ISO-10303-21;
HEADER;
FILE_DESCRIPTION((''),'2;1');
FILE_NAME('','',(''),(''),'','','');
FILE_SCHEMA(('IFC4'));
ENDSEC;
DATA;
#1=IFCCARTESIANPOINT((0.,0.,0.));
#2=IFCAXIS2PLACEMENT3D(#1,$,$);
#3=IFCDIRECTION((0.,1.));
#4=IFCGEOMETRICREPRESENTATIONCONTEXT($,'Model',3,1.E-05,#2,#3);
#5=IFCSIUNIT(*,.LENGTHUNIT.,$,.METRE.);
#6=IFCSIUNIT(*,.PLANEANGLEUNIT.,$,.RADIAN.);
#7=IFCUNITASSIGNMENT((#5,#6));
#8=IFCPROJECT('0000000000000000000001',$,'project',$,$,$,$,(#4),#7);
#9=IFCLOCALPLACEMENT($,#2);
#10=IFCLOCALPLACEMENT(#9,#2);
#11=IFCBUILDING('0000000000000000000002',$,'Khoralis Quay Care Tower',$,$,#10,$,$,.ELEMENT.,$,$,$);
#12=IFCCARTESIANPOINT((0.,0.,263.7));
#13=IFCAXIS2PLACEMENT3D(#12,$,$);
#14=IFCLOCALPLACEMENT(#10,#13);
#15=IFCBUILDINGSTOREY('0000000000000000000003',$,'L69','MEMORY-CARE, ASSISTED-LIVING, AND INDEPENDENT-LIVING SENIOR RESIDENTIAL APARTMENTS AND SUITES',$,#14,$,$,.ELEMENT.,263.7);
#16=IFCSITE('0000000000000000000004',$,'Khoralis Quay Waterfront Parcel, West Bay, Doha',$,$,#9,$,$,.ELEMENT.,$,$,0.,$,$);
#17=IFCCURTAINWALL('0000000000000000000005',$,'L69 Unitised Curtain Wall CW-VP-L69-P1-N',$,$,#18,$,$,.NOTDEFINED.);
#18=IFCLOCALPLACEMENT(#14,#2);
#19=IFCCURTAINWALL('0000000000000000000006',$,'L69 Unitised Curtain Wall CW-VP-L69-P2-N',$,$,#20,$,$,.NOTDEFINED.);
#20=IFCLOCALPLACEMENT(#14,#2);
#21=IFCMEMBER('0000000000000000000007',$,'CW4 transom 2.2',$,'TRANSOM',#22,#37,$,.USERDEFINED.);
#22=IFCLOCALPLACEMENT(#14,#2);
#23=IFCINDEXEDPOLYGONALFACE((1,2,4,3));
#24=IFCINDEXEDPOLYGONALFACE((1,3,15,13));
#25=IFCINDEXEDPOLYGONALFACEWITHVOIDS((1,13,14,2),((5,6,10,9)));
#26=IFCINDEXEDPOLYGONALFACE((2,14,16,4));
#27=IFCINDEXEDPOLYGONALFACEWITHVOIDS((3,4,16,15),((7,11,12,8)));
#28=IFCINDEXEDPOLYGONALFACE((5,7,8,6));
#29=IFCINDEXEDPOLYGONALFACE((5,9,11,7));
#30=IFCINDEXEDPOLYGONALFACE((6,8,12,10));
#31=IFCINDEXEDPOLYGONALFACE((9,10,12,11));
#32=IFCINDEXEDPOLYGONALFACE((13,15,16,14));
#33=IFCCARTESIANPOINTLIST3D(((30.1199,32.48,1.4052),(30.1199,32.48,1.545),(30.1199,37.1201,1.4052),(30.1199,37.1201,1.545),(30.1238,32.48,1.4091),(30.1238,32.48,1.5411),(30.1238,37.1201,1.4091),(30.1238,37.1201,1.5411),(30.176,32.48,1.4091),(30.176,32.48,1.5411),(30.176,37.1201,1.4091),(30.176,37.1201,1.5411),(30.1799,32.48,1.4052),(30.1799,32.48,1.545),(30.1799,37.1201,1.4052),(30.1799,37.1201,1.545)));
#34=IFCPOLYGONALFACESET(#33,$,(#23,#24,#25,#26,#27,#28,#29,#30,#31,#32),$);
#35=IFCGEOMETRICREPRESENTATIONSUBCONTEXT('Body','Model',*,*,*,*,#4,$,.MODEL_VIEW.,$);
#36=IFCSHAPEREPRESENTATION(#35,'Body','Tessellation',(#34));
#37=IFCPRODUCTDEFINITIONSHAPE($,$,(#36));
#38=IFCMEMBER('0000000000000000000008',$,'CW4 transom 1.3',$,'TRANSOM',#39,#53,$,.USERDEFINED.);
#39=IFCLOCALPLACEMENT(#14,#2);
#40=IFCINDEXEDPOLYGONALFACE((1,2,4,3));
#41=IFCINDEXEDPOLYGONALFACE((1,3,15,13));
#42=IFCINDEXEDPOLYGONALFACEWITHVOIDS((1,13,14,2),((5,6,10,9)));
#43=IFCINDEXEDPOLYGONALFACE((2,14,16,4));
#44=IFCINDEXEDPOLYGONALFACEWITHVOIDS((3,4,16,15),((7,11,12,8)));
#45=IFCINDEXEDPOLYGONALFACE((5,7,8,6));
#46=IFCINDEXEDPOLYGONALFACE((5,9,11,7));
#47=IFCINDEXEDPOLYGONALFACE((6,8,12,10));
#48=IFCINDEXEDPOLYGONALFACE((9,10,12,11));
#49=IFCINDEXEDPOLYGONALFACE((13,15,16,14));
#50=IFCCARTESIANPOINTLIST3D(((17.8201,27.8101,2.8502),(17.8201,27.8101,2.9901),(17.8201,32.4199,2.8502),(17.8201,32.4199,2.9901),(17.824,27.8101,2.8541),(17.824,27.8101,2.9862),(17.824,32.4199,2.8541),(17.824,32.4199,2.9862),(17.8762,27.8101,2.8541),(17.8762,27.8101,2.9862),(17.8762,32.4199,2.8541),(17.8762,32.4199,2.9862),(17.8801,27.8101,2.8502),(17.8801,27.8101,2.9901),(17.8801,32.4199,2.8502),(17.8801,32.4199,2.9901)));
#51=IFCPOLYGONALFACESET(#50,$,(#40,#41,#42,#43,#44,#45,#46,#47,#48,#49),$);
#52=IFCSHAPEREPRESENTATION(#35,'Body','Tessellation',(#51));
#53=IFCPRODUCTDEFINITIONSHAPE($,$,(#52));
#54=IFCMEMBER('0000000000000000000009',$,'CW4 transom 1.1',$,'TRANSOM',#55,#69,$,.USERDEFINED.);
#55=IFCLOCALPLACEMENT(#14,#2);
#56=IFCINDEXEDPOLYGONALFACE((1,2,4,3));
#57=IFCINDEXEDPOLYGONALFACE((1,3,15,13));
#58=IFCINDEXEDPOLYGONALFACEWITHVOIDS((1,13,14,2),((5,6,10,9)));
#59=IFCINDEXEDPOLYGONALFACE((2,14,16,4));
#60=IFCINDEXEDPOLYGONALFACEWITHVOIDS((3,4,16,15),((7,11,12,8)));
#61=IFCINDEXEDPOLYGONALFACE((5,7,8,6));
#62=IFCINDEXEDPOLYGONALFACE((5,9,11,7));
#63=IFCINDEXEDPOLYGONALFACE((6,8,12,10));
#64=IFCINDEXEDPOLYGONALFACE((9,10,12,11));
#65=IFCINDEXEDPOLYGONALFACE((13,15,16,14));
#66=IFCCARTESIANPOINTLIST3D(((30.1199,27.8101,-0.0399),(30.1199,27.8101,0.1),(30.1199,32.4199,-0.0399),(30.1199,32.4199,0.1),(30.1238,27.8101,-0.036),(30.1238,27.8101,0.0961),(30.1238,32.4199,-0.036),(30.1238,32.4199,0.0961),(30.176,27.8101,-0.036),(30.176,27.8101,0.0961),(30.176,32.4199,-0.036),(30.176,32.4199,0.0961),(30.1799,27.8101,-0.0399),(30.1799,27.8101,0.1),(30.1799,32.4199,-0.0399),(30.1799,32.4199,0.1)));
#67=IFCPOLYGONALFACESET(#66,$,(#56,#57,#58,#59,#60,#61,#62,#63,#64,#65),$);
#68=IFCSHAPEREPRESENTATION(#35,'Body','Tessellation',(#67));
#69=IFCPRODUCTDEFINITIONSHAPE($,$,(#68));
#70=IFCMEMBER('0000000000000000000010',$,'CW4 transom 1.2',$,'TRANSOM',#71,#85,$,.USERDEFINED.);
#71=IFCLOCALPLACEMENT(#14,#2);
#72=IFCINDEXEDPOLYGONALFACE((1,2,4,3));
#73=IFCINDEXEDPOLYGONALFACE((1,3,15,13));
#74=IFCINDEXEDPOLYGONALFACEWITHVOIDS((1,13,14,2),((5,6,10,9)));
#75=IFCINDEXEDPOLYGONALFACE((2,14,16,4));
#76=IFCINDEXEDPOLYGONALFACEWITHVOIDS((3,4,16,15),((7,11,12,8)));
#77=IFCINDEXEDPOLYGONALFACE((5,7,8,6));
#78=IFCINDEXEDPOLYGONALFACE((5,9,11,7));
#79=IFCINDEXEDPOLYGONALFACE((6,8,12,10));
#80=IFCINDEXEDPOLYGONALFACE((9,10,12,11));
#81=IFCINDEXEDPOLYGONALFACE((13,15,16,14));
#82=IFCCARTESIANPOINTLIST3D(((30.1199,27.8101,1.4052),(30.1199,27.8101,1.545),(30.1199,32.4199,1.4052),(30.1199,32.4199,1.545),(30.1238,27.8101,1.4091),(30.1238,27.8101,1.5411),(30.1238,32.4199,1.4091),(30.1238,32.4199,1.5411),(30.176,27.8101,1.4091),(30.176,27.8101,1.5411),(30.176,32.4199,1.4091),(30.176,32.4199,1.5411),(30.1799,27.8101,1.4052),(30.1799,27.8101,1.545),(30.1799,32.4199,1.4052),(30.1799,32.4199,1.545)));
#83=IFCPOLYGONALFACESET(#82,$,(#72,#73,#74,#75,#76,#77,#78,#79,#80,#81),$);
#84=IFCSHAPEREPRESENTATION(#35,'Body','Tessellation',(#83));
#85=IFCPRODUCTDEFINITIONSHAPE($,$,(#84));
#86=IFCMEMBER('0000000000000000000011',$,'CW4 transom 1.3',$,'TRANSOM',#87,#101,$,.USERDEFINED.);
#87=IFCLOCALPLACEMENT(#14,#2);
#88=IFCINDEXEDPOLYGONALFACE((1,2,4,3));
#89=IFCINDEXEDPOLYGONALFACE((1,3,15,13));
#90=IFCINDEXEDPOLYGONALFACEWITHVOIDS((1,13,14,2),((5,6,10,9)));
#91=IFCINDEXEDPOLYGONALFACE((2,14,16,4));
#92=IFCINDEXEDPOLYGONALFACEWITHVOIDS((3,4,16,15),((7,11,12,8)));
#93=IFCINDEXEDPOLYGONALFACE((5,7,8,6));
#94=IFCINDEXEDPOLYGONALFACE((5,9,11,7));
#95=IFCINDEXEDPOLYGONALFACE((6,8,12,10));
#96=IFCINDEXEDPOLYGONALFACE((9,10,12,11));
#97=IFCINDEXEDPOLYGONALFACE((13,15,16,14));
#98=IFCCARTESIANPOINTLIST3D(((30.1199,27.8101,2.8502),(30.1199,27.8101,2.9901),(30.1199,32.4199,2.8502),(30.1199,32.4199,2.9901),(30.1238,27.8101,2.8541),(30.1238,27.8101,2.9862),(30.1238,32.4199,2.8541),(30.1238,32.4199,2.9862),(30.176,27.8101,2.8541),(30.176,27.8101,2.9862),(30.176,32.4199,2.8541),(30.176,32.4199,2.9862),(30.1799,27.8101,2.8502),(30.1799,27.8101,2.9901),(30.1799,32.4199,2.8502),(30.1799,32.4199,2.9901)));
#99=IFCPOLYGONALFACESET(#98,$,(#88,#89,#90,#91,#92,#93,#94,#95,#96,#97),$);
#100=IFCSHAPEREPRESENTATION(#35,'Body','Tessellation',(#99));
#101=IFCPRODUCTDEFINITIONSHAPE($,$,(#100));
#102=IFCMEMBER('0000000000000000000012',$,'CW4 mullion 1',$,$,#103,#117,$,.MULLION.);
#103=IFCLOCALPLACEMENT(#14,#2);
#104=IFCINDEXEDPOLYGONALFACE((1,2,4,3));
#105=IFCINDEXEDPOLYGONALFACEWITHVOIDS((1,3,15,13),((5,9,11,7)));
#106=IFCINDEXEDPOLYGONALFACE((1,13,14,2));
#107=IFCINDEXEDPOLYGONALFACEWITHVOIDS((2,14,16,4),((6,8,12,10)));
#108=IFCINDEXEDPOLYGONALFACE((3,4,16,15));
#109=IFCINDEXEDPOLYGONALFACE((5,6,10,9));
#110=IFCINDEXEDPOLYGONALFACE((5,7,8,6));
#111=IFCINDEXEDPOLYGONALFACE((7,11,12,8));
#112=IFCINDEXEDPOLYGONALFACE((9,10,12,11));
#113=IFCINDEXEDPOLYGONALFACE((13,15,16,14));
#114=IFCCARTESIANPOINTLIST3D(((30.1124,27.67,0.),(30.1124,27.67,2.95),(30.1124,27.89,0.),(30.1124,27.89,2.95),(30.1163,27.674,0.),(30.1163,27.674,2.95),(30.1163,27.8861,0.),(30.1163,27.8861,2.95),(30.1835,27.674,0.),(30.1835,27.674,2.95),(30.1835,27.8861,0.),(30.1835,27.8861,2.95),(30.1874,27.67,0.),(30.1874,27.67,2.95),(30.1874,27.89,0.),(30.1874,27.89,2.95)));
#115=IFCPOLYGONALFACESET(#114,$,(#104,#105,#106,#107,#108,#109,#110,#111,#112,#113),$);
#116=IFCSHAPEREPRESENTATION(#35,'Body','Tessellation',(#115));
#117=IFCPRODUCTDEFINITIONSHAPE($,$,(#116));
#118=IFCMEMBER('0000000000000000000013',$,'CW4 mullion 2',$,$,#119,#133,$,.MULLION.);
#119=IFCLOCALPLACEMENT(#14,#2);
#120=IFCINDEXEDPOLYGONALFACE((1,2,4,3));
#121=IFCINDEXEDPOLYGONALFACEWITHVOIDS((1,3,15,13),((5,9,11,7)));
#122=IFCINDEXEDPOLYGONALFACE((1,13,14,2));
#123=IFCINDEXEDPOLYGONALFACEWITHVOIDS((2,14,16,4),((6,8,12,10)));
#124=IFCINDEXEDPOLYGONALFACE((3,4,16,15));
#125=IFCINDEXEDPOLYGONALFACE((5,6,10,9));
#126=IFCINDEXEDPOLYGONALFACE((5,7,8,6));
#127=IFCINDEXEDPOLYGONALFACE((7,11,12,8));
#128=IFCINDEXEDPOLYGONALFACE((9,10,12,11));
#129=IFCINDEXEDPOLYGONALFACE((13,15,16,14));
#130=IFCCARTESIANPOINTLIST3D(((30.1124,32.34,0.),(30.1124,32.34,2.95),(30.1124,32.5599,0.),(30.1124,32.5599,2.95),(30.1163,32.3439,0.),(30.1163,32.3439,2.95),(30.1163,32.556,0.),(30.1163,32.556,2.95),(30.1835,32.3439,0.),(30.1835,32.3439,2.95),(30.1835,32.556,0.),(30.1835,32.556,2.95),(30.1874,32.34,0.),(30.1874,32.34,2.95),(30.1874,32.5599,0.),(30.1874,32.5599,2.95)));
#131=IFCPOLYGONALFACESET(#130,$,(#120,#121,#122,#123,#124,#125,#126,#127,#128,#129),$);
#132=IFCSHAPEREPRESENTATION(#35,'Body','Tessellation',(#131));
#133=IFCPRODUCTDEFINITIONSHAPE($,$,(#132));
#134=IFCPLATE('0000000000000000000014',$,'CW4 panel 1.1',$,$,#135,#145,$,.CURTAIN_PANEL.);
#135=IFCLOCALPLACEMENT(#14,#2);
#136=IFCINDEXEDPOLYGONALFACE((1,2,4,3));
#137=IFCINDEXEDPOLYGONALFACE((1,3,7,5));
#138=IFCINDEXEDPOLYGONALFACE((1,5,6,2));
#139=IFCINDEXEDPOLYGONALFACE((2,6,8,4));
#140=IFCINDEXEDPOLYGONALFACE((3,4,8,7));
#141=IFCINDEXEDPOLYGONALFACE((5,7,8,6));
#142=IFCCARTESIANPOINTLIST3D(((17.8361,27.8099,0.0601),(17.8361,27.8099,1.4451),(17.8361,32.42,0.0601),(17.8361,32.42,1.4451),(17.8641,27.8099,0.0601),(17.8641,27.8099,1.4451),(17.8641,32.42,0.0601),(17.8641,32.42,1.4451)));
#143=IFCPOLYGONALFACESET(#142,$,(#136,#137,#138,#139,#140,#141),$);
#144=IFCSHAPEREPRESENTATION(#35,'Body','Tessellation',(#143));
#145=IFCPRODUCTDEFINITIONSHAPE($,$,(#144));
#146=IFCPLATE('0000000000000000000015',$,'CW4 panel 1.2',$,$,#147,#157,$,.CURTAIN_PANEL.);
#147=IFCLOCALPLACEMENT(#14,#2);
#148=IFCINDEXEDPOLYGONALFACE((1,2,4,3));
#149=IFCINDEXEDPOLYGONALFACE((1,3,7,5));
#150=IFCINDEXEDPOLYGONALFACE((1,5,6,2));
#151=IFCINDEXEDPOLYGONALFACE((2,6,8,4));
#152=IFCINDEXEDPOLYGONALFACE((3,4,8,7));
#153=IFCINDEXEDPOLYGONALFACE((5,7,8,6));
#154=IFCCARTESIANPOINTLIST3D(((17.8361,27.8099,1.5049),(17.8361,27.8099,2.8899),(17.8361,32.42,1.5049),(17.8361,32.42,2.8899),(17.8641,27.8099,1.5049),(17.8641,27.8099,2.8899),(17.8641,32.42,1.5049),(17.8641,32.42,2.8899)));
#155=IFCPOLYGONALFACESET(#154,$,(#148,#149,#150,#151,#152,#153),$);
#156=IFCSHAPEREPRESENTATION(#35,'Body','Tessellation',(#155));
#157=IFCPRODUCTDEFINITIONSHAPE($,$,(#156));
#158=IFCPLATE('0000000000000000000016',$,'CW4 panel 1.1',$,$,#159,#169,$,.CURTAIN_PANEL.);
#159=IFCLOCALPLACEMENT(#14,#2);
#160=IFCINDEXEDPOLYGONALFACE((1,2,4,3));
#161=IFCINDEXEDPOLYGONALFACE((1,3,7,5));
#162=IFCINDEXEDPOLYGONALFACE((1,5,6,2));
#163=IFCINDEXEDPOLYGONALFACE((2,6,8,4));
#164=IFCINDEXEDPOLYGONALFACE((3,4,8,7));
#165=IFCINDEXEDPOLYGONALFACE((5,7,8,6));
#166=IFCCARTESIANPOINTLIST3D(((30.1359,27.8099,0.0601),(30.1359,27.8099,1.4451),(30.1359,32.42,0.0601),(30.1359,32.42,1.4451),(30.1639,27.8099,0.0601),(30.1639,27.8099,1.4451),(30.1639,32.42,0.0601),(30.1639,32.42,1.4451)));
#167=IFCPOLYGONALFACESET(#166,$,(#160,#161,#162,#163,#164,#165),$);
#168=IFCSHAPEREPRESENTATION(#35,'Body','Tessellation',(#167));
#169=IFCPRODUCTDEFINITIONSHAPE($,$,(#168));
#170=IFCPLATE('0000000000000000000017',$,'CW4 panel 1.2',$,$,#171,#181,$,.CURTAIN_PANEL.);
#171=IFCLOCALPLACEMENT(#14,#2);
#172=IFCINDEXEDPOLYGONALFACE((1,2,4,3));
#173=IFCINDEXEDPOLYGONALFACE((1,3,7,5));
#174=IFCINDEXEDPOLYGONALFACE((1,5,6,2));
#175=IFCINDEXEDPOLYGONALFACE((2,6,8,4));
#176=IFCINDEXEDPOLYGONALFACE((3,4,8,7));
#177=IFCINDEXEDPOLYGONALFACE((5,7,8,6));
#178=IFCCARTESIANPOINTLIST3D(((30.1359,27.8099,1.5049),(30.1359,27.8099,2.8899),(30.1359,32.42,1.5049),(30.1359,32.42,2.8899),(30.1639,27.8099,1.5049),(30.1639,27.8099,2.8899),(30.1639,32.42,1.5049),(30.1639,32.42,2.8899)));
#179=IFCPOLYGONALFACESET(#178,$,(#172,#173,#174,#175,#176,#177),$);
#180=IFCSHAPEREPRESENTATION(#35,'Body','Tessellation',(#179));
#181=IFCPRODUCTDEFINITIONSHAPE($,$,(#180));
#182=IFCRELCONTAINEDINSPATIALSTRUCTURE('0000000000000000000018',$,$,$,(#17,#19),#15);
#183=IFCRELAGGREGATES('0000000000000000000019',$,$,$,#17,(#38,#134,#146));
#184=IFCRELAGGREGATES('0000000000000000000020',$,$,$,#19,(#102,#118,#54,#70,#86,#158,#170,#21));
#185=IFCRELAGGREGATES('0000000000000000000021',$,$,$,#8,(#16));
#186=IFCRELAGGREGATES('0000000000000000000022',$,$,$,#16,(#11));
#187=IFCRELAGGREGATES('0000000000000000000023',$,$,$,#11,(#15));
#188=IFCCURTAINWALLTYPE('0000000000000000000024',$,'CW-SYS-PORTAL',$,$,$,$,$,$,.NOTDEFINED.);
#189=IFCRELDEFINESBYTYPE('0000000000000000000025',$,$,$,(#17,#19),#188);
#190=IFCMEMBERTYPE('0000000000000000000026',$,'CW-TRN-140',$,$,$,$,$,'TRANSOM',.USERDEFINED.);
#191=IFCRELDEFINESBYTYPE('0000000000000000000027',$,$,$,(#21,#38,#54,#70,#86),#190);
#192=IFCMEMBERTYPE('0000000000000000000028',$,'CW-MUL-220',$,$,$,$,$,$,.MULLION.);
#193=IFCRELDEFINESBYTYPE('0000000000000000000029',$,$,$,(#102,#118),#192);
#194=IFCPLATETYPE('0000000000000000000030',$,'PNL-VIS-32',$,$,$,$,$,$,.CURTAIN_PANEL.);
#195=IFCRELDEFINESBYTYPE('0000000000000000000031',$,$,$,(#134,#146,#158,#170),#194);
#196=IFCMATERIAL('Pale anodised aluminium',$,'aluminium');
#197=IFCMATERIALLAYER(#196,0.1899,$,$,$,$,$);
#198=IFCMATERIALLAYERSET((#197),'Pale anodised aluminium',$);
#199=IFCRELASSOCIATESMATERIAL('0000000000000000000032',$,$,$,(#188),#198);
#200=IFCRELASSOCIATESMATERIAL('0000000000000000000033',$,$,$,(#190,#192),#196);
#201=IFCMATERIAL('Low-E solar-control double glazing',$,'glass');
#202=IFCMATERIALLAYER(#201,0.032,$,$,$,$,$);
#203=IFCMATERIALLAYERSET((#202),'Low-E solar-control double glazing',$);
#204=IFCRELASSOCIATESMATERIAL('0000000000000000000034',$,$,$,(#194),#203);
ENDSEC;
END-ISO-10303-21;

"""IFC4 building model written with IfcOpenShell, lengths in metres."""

from ifc_helpers import new_model, si_unit, direction, frame, origin, origin_2d, place, context, subcontext, project, spatial, rectangle, hollow_rectangle, extrude, source, transform, mapped, material, layer, layer_set, material_profile, profile_set, type_object, element, aggregate, save


model = new_model("IFC4")

# Units and contexts
model_context = context("Model", 3, precision=1e-05, world=origin(), true_north=direction((0.0, 1.0)))
body_context = subcontext(model_context, "Body", "Model", "MODEL_VIEW")
ifc_project = project(units=[si_unit("LENGTHUNIT", "METRE"), si_unit("PLANEANGLEUNIT", "RADIAN")], contexts=[model_context])

# Site, building, storey
site_placement = place(None, origin())
site = spatial("IfcSite", under=ifc_project, at=site_placement, Name="Khoralis Quay Waterfront Parcel, West Bay, Doha", CompositionType="ELEMENT", RefElevation=0.0)
building_placement = place(site_placement, origin())
building = spatial("IfcBuilding", under=site, at=building_placement, Name="Khoralis Quay Care Tower", CompositionType="ELEMENT")
storey_placement = place(building_placement, frame((0.0, 0.0, 263.7)))
storey = spatial("IfcBuildingStorey", under=building, at=storey_placement, Name="L69", Description="MEMORY-CARE, ASSISTED-LIVING, AND INDEPENDENT-LIVING SENIOR RESIDENTIAL APARTMENTS AND SUITES", CompositionType="ELEMENT", Elevation=263.7)

# Curtain walls, member
ifc_material_1 = material(Name="Pale anodised aluminium", Category="aluminium")
ifc_layer_1 = layer(ifc_material_1, 0.1899)
ifc_layer_set_1 = layer_set([ifc_layer_1], Name="Pale anodised aluminium")
curtain_wall_type = type_object("IfcCurtainWallType", Name="CW-SYS-PORTAL", PredefinedType="NOTDEFINED", material=ifc_layer_set_1)
curtain_wall_1_placement = place(storey_placement, origin())
curtain_wall_1 = element("IfcCurtainWall", 1, at=curtain_wall_1_placement, inside=storey, type_object=curtain_wall_type, Name="L69 Unitised Curtain Wall CW-VP-L69-P1-N", PredefinedType="NOTDEFINED")
ifc_material_profile_1 = material_profile(ifc_material_1, hollow_rectangle(XDim=0.0601, YDim=0.1399, WallThickness=0.0039, at=origin_2d()), Name="Pale anodised aluminium")
ifc_profile_set_1 = profile_set([ifc_material_profile_1], Name="Pale anodised aluminium")
member_type_1 = type_object("IfcMemberType", Name="CW-TRN-140", ElementType="TRANSOM", PredefinedType="USERDEFINED", material=ifc_profile_set_1)
shared_shape_1 = source(origin(), body_context, "Body", "SweptSolid", [
    extrude(hollow_rectangle(XDim=0.0601, YDim=0.1399, WallThickness=0.0039, at=origin_2d()), origin(), (0.0, 0.0, 1.0), 4.6401),
])
curtain_wall_2_placement = place(storey_placement, origin())
curtain_wall_2 = element("IfcCurtainWall", 2, at=curtain_wall_2_placement, inside=storey, type_object=curtain_wall_type, Name="L69 Unitised Curtain Wall CW-VP-L69-P2-N", PredefinedType="NOTDEFINED")
member_1_placement = place(storey_placement, frame((30.1499, 32.48, 1.4751), z_axis=(0.0, 1.0, 0.0), x_axis=(-1.0, 0.0, 0.0)))
member_1 = element("IfcMember", 3, at=member_1_placement, type_object=member_type_1, Name="CW4 transom 2.2", ObjectType="TRANSOM", PredefinedType="USERDEFINED", context=body_context, shape_type="MappedRepresentation", body=[
    mapped(shared_shape_1, transform((0.0, 0.0, 0.0), scale=1.0)),
])

# Members
shared_shape_2 = source(origin(), body_context, "Body", "SweptSolid", [
    extrude(hollow_rectangle(XDim=0.0601, YDim=0.1399, WallThickness=0.0039, at=origin_2d()), origin(), (0.0, 0.0, 1.0), 4.6099),
])
member_2_placement = place(storey_placement, frame((17.8501, 27.8101, 2.9202), z_axis=(0.0, 1.0, 0.0), x_axis=(-1.0, 0.0, 0.0)))
member_2 = element("IfcMember", 4, at=member_2_placement, type_object=member_type_1, Name="CW4 transom 1.3", ObjectType="TRANSOM", PredefinedType="USERDEFINED", context=body_context, shape_type="MappedRepresentation", body=[
    mapped(shared_shape_2, transform((0.0, 0.0, 0.0), scale=1.0)),
])
member_3_placement = place(storey_placement, frame((30.1499, 27.8101, 0.03), z_axis=(0.0, 1.0, 0.0), x_axis=(-1.0, 0.0, 0.0)))
member_3 = element("IfcMember", 5, at=member_3_placement, type_object=member_type_1, Name="CW4 transom 1.1", ObjectType="TRANSOM", PredefinedType="USERDEFINED", context=body_context, shape_type="MappedRepresentation", body=[
    mapped(shared_shape_2, transform((0.0, 0.0, 0.0), scale=1.0)),
])
member_4_placement = place(storey_placement, frame((30.1499, 27.8101, 1.4751), z_axis=(0.0, 1.0, 0.0), x_axis=(-1.0, 0.0, 0.0)))
member_4 = element("IfcMember", 6, at=member_4_placement, type_object=member_type_1, Name="CW4 transom 1.2", ObjectType="TRANSOM", PredefinedType="USERDEFINED", context=body_context, shape_type="MappedRepresentation", body=[
    mapped(shared_shape_2, transform((0.0, 0.0, 0.0), scale=1.0)),
])
member_5_placement = place(storey_placement, frame((30.1499, 27.8101, 2.9202), z_axis=(0.0, 1.0, 0.0), x_axis=(-1.0, 0.0, 0.0)))
member_5 = element("IfcMember", 7, at=member_5_placement, type_object=member_type_1, Name="CW4 transom 1.3", ObjectType="TRANSOM", PredefinedType="USERDEFINED", context=body_context, shape_type="MappedRepresentation", body=[
    mapped(shared_shape_2, transform((0.0, 0.0, 0.0), scale=1.0)),
])
ifc_material_profile_2 = material_profile(ifc_material_1, hollow_rectangle(XDim=0.075, YDim=0.22, WallThickness=0.0039, at=origin_2d()), Name="Pale anodised aluminium")
ifc_profile_set_2 = profile_set([ifc_material_profile_2], Name="Pale anodised aluminium")
member_type_2 = type_object("IfcMemberType", Name="CW-MUL-220", PredefinedType="MULLION", material=ifc_profile_set_2)
shared_shape_3 = source(origin(), body_context, "Body", "SweptSolid", [
    extrude(hollow_rectangle(XDim=0.075, YDim=0.22, WallThickness=0.0039, at=origin_2d()), origin(), (0.0, 0.0, 1.0), 2.95),
])
member_6_placement = place(storey_placement, frame((30.1499, 27.78, 0.0), z_axis=(0.0, 0.0, 1.0), x_axis=(-1.0, 0.0, 0.0)))
member_6 = element("IfcMember", 8, at=member_6_placement, type_object=member_type_2, Name="CW4 mullion 1", PredefinedType="MULLION", context=body_context, shape_type="MappedRepresentation", body=[
    mapped(shared_shape_3, transform((0.0, 0.0, 0.0), scale=1.0)),
])
member_7_placement = place(storey_placement, frame((30.1499, 32.45, 0.0), z_axis=(0.0, 0.0, 1.0), x_axis=(-1.0, 0.0, 0.0)))
member_7 = element("IfcMember", 9, at=member_7_placement, type_object=member_type_2, Name="CW4 mullion 2", PredefinedType="MULLION", context=body_context, shape_type="MappedRepresentation", body=[
    mapped(shared_shape_3, transform((0.0, 0.0, 0.0), scale=1.0)),
])

# Plates
ifc_material_2 = material(Name="Low-E solar-control double glazing", Category="glass")
ifc_layer_2 = layer(ifc_material_2, 0.032)
ifc_layer_set_2 = layer_set([ifc_layer_2], Name="Low-E solar-control double glazing")
plate_type = type_object("IfcPlateType", Name="PNL-VIS-32", PredefinedType="CURTAIN_PANEL", material=ifc_layer_set_2)
shared_shape_4 = source(origin(), body_context, "Body", "SweptSolid", [
    extrude(rectangle(XDim=4.6101, YDim=0.0281, at=origin_2d()), origin(), (0.0, 0.0, 1.0), 1.385),
])
plate_1_placement = place(storey_placement, frame((17.8501, 30.115, 0.0601), z_axis=(0.0, 0.0, 1.0), x_axis=(0.0, 1.0, 0.0)))
plate_1 = element("IfcPlate", 10, at=plate_1_placement, type_object=plate_type, Name="CW4 panel 1.1", PredefinedType="CURTAIN_PANEL", context=body_context, shape_type="MappedRepresentation", body=[
    mapped(shared_shape_4, transform((0.0, 0.0, 0.0), scale=1.0)),
])
plate_2_placement = place(storey_placement, frame((17.8501, 30.115, 1.5049), z_axis=(0.0, 0.0, 1.0), x_axis=(0.0, 1.0, 0.0)))
plate_2 = element("IfcPlate", 11, at=plate_2_placement, type_object=plate_type, Name="CW4 panel 1.2", PredefinedType="CURTAIN_PANEL", context=body_context, shape_type="MappedRepresentation", body=[
    mapped(shared_shape_4, transform((0.0, 0.0, 0.0), scale=1.0)),
])
aggregate(curtain_wall_1, [member_2, plate_1, plate_2])
plate_3_placement = place(storey_placement, frame((30.1499, 30.115, 0.0601), z_axis=(0.0, 0.0, 1.0), x_axis=(0.0, 1.0, 0.0)))
plate_3 = element("IfcPlate", 12, at=plate_3_placement, type_object=plate_type, Name="CW4 panel 1.1", PredefinedType="CURTAIN_PANEL", context=body_context, shape_type="MappedRepresentation", body=[
    mapped(shared_shape_4, transform((0.0, 0.0, 0.0), scale=1.0)),
])
plate_4_placement = place(storey_placement, frame((30.1499, 30.115, 1.5049), z_axis=(0.0, 0.0, 1.0), x_axis=(0.0, 1.0, 0.0)))
plate_4 = element("IfcPlate", 13, at=plate_4_placement, type_object=plate_type, Name="CW4 panel 1.2", PredefinedType="CURTAIN_PANEL", context=body_context, shape_type="MappedRepresentation", body=[
    mapped(shared_shape_4, transform((0.0, 0.0, 0.0), scale=1.0)),
])
aggregate(curtain_wall_2, [member_6, member_7, member_3, member_4, member_5, plate_3, plate_4, member_1])

save(model, "model.ifc")
